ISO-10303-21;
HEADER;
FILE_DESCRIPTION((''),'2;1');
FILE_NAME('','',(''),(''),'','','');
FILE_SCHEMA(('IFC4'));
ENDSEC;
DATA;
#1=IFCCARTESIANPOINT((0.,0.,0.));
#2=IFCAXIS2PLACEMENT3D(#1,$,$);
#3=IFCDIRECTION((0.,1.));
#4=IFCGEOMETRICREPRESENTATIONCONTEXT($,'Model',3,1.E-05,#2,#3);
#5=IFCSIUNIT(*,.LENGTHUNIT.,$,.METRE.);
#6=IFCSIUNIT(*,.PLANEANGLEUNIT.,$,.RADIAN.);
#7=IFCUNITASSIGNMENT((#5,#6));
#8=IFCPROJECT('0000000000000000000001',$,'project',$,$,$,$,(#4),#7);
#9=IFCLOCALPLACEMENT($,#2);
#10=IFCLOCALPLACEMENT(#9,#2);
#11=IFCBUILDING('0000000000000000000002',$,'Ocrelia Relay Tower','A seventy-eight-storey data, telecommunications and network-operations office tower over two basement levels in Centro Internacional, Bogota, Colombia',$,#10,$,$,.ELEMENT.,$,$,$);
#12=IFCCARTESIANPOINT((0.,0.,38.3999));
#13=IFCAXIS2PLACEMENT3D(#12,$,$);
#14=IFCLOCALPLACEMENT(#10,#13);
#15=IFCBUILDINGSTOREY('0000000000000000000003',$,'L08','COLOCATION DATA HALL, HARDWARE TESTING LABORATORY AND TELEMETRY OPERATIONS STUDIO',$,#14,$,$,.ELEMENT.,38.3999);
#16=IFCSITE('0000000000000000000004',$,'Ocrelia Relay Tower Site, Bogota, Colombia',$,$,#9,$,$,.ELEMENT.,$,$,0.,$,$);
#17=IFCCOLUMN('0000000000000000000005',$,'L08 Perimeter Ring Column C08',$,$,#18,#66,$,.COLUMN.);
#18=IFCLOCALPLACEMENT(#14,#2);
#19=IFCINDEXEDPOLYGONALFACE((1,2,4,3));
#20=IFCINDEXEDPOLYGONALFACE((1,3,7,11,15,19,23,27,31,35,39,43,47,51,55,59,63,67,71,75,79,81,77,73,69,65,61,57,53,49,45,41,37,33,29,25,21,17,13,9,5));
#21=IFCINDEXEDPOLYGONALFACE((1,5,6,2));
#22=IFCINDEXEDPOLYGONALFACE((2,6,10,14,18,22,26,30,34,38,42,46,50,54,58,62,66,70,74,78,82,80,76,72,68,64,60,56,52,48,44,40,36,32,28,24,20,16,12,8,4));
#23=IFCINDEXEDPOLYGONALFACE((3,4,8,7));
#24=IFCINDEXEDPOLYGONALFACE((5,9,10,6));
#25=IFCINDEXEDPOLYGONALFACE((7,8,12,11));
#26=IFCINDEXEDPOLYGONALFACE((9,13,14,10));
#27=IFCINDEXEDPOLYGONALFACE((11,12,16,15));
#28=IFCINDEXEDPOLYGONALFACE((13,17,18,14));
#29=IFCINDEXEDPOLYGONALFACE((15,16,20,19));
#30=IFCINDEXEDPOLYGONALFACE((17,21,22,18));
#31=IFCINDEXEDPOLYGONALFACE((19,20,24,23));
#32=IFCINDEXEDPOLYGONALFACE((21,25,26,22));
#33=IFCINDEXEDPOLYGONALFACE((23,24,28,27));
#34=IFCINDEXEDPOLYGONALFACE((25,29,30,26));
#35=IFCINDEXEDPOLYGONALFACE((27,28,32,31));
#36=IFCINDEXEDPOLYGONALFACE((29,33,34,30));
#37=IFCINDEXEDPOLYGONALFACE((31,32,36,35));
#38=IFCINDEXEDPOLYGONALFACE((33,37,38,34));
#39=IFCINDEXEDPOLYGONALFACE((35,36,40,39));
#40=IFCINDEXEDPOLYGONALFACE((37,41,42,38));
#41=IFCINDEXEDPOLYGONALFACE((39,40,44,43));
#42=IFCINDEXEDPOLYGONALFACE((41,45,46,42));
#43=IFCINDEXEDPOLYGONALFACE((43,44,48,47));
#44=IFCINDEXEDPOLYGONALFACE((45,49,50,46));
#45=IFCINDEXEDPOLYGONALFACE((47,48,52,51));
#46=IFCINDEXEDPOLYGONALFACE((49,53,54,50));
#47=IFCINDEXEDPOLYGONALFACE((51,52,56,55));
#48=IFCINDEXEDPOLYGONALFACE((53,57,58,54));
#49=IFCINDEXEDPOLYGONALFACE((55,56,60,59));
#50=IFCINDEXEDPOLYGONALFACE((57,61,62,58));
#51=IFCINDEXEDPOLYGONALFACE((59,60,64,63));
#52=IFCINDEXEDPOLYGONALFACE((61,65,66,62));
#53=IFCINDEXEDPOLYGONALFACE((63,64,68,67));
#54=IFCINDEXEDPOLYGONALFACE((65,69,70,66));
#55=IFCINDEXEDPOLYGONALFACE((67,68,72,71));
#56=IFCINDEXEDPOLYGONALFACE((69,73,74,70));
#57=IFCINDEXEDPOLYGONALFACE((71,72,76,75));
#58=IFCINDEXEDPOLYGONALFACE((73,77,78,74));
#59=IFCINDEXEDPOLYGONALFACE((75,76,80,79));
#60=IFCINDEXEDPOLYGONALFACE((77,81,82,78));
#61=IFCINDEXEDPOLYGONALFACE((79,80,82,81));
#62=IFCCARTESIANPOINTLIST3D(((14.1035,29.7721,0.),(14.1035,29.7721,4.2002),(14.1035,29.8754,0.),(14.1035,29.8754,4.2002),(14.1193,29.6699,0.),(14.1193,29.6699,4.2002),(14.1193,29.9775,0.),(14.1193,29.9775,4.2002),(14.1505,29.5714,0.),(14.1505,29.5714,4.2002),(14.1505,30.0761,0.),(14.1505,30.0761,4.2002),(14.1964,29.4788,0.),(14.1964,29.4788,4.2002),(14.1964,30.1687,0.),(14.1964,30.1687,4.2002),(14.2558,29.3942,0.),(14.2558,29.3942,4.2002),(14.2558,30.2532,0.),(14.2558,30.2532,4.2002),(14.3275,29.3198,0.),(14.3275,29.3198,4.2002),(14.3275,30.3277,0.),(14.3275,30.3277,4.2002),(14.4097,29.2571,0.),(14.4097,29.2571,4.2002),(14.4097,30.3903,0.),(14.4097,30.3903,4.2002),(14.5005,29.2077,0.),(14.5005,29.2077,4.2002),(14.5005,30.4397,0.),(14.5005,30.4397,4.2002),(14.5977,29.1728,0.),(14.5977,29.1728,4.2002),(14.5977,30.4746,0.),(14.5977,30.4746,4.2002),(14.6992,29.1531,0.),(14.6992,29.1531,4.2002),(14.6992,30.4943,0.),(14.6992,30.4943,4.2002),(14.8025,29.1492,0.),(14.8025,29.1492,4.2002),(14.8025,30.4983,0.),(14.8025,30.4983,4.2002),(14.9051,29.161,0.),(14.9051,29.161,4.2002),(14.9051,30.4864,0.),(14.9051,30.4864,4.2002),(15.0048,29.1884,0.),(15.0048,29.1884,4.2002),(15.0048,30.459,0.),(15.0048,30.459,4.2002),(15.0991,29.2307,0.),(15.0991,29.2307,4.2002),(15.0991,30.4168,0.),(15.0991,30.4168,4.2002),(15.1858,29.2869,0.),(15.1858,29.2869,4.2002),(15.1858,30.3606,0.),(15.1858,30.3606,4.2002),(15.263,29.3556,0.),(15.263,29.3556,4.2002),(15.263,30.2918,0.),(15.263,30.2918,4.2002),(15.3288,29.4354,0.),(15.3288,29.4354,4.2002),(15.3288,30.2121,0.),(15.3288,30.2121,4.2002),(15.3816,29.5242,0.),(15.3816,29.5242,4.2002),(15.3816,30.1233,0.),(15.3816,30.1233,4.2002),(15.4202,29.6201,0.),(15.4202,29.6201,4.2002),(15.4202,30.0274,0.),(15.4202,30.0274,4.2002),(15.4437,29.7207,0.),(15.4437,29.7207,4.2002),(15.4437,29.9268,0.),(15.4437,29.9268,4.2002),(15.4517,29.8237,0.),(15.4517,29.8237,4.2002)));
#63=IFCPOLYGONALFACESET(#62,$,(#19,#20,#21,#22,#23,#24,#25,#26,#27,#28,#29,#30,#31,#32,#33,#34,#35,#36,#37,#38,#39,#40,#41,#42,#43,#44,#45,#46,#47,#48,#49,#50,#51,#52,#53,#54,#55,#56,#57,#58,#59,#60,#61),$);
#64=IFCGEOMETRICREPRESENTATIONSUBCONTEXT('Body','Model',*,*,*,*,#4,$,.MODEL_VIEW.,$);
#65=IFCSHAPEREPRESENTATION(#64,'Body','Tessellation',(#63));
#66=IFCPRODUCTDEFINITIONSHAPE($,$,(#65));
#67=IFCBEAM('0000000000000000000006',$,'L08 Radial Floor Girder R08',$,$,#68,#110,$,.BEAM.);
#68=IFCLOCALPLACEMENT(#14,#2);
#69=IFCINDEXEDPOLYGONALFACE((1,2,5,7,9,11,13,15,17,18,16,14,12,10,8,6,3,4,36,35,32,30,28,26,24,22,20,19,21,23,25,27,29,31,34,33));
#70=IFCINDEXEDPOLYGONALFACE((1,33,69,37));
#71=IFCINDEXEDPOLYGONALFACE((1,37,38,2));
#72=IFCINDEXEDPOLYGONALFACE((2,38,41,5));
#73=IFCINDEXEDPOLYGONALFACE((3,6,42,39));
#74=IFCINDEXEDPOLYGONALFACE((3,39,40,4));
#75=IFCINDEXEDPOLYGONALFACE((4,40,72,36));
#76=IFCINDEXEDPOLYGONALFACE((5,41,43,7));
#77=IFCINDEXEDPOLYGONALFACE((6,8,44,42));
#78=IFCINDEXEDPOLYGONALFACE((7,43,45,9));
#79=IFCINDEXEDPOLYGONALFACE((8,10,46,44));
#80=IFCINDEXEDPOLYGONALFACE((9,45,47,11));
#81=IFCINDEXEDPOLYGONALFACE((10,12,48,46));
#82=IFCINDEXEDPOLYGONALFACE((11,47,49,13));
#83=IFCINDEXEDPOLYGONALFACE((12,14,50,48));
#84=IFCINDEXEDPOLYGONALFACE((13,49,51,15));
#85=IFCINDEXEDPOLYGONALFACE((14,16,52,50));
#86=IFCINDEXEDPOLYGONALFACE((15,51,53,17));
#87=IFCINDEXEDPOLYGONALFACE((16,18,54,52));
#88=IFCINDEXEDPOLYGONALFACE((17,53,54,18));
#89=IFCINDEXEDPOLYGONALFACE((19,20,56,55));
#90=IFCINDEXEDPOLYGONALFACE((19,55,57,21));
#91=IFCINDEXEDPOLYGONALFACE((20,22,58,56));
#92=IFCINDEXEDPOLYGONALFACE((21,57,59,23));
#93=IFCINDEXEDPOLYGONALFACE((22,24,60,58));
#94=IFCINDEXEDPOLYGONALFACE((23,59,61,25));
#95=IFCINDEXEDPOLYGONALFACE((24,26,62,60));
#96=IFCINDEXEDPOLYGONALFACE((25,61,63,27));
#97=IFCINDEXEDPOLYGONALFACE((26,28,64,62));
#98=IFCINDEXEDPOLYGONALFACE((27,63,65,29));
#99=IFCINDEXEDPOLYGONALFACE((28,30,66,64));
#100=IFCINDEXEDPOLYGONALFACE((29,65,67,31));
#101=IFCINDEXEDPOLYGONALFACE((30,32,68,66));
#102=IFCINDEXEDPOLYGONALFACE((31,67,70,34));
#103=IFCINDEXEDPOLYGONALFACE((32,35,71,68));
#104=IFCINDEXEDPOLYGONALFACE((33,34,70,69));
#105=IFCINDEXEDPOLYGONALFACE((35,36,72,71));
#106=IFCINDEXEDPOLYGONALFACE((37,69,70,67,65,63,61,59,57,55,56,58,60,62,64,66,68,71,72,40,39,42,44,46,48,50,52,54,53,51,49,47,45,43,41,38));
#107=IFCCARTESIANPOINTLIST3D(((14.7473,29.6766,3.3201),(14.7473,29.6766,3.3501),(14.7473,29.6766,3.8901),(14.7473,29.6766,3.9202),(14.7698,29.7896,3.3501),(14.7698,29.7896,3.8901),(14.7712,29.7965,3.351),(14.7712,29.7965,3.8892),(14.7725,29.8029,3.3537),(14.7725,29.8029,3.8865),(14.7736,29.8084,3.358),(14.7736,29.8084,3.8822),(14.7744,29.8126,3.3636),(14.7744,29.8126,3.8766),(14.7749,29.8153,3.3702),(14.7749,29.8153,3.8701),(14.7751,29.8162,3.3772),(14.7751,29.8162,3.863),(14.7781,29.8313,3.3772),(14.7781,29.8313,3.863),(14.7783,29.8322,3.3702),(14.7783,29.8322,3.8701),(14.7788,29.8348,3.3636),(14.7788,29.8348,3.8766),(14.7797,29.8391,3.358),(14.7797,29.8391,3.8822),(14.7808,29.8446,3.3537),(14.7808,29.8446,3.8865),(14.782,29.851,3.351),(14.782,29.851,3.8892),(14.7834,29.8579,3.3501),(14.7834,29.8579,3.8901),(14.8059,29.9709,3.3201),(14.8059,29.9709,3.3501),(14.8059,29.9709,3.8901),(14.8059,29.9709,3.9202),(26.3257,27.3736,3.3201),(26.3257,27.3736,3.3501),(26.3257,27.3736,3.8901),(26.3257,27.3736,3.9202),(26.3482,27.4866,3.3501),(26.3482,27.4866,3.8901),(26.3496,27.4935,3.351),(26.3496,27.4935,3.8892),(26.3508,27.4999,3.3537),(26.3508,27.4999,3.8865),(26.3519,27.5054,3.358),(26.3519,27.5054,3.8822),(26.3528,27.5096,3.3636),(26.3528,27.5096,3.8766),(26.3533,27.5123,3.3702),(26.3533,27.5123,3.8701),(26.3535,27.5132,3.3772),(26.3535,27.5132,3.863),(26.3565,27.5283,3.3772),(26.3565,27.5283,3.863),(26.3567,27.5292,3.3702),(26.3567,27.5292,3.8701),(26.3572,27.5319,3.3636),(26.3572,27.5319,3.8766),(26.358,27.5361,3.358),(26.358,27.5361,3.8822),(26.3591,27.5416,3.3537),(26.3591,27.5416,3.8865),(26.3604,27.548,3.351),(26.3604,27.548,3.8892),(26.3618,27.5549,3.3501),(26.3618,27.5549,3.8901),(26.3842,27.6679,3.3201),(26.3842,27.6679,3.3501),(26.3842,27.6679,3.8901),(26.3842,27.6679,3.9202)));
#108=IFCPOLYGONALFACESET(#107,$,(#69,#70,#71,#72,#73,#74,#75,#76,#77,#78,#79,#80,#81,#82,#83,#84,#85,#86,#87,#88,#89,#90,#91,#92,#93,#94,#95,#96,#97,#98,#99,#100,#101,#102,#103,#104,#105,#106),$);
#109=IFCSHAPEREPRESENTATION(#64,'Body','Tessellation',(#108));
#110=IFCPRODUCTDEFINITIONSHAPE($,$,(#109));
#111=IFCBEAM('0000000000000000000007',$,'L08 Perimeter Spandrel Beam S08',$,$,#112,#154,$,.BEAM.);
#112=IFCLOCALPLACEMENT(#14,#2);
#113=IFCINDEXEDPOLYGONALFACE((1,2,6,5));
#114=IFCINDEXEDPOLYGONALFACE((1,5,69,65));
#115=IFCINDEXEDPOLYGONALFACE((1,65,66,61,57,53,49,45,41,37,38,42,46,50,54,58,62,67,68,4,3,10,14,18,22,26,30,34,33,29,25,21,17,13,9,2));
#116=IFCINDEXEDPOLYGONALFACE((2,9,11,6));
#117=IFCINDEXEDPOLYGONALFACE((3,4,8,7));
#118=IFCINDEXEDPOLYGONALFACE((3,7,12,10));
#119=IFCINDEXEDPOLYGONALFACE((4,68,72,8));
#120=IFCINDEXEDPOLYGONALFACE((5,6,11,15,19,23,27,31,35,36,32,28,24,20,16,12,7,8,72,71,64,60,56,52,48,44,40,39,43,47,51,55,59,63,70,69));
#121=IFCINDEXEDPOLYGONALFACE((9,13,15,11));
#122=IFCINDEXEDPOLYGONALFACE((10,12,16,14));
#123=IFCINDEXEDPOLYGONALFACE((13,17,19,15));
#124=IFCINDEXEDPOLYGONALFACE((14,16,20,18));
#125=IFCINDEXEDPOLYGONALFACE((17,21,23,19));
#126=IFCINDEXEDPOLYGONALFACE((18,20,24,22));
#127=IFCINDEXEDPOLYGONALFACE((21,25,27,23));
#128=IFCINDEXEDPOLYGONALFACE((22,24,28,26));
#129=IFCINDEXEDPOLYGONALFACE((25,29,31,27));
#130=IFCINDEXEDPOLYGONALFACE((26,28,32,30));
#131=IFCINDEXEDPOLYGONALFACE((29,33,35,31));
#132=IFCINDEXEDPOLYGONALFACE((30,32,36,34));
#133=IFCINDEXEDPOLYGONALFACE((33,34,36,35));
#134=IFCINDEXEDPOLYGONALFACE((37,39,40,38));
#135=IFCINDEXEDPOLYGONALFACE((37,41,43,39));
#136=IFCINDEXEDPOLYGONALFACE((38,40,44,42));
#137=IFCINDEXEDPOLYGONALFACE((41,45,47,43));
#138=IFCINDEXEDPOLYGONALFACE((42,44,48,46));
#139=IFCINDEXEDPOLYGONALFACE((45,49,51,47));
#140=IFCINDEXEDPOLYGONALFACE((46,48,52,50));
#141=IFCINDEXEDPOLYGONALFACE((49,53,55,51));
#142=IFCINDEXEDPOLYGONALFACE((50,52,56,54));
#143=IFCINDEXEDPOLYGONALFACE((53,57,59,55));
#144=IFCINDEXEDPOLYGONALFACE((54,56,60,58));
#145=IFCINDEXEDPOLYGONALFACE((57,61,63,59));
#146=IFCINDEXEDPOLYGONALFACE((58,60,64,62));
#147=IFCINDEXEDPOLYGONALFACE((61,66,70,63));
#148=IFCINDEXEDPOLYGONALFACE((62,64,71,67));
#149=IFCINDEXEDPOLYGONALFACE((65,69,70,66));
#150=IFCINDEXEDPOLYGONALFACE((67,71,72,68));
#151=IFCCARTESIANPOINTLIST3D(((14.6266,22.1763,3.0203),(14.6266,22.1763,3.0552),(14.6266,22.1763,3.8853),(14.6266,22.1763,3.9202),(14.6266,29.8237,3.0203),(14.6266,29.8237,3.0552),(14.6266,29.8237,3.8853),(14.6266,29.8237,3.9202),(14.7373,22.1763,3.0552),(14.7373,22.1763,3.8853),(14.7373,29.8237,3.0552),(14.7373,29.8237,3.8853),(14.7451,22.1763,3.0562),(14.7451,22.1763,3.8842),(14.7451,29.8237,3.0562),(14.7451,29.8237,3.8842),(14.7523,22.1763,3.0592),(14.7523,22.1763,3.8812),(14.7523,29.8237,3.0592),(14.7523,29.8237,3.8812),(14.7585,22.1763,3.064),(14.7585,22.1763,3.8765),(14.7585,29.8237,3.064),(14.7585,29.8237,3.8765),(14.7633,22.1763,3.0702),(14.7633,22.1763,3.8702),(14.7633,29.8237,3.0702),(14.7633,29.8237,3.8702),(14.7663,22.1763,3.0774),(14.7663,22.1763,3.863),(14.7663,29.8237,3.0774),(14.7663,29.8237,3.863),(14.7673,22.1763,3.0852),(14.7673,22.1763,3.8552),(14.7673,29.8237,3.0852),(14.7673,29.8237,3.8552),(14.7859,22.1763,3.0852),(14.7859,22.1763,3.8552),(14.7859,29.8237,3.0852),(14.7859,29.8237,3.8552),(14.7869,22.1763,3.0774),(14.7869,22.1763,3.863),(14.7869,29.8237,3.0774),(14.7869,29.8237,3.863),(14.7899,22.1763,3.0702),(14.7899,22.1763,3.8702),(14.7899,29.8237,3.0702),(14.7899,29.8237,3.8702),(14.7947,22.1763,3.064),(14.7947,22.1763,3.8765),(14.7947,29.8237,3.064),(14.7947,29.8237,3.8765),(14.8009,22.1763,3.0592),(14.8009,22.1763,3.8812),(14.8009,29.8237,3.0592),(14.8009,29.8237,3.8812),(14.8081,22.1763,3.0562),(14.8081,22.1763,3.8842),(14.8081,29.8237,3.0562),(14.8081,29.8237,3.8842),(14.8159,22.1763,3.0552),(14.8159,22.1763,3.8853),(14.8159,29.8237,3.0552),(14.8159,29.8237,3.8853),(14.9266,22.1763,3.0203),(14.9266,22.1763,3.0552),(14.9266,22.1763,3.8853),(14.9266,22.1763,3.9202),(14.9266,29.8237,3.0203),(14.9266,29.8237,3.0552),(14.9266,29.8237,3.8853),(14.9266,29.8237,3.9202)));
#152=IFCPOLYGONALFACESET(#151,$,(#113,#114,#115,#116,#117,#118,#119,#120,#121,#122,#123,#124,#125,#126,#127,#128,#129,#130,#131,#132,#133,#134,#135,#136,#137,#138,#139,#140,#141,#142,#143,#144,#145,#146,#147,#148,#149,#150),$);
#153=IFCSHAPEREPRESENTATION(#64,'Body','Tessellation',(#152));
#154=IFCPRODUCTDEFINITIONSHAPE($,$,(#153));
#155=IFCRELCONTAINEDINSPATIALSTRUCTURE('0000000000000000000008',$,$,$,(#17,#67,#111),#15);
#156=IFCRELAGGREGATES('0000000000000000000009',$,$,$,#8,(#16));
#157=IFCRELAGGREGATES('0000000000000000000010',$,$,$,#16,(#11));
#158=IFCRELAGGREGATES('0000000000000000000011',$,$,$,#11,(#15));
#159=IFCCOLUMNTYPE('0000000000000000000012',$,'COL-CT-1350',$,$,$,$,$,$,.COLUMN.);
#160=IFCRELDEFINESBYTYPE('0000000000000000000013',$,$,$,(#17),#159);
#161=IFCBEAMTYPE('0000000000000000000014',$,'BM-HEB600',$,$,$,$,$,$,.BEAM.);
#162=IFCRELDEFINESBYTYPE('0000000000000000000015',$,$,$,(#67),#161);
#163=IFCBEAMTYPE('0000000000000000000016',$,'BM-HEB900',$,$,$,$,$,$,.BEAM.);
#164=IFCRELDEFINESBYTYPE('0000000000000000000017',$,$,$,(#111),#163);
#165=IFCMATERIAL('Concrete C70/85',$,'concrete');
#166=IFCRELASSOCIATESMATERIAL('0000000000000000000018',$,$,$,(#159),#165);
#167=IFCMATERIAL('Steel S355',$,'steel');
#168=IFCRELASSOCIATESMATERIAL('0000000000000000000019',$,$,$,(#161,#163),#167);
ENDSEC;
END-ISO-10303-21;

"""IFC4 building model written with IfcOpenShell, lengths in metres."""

from ifc_helpers import new_model, si_unit, direction, frame, origin, origin_2d, place, context, subcontext, project, spatial, circle, i_section, extrude, material, material_profile, profile_set, type_object, element, save


model = new_model("IFC4")

# Units and contexts
model_context = context("Model", 3, precision=1e-05, world=origin(), true_north=direction((0.0, 1.0)))
body_context = subcontext(model_context, "Body", "Model", "MODEL_VIEW")
ifc_project = project(units=[si_unit("LENGTHUNIT", "METRE"), si_unit("PLANEANGLEUNIT", "RADIAN")], contexts=[model_context])

# Site, building, storey
site_placement = place(None, origin())
site = spatial("IfcSite", under=ifc_project, at=site_placement, Name="Ocrelia Relay Tower Site, Bogota, Colombia", CompositionType="ELEMENT", RefElevation=0.0)
building_placement = place(site_placement, origin())
building = spatial("IfcBuilding", under=site, at=building_placement, Name="Ocrelia Relay Tower", Description="A seventy-eight-storey data, telecommunications and network-operations office tower over two basement levels in Centro Internacional, Bogota, Colombia", CompositionType="ELEMENT")
storey_placement = place(building_placement, frame((0.0, 0.0, 38.3999)))
storey = spatial("IfcBuildingStorey", under=building, at=storey_placement, Name="L08", Description="COLOCATION DATA HALL, HARDWARE TESTING LABORATORY AND TELEMETRY OPERATIONS STUDIO", CompositionType="ELEMENT", Elevation=38.3999)

# Column
ifc_material_1 = material(Name="Concrete C70/85", Category="concrete")
ifc_material_profile_1 = material_profile(ifc_material_1, circle(Radius=0.675, at=origin_2d()), Name="RC-CIR-1350")
ifc_profile_set_1 = profile_set([ifc_material_profile_1], Name="Concrete C70/85")
column_type = type_object("IfcColumnType", Name="COL-CT-1350", PredefinedType="COLUMN", material=ifc_profile_set_1)
column_placement = place(storey_placement, frame((14.7766, 29.8237, 0.0), z_axis=(0.0, 0.0, 1.0), x_axis=(1.0, 0.0, 0.0)))
element("IfcColumn", 1, at=column_placement, inside=storey, type_object=column_type, Name="L08 Perimeter Ring Column C08", PredefinedType="COLUMN", context=body_context, shape_type="SweptSolid", body=[
    extrude(circle(Radius=0.675, at=origin_2d()), origin(), (0.0, 0.0, 1.0), 4.2002),
])

# Beams
ifc_material_2 = material(Name="Steel S355", Category="steel")
ifc_material_profile_2 = material_profile(ifc_material_2, i_section(OverallWidth=0.3, OverallDepth=0.6001, WebThickness=0.0154, FlangeThickness=0.03, FilletRadius=0.0271, at=origin_2d()), Name="HEB 600")
ifc_profile_set_2 = profile_set([ifc_material_profile_2], Name="Steel S355")
beam_type_1 = type_object("IfcBeamType", Name="BM-HEB600", PredefinedType="BEAM", material=ifc_profile_set_2)
beam_1_placement = place(storey_placement, frame((14.7766, 29.8237, 3.6201), z_axis=(0.980787, -0.195082, 0.0), x_axis=(0.195082, 0.980787, 0.0)))
element("IfcBeam", 2, at=beam_1_placement, inside=storey, type_object=beam_type_1, Name="L08 Radial Floor Girder R08", PredefinedType="BEAM", context=body_context, shape_type="SweptSolid", body=[
    extrude(i_section(OverallWidth=0.3, OverallDepth=0.6001, WebThickness=0.0154, FlangeThickness=0.03, FilletRadius=0.0271, at=origin_2d()), origin(), (0.0, 0.0, 1.0), 11.8052),
])
ifc_material_profile_3 = material_profile(ifc_material_2, i_section(OverallWidth=0.3, OverallDepth=0.8999, WebThickness=0.0186, FlangeThickness=0.0349, FilletRadius=0.03, at=origin_2d()), Name="HEB 900")
ifc_profile_set_3 = profile_set([ifc_material_profile_3], Name="Steel S355")
beam_type_2 = type_object("IfcBeamType", Name="BM-HEB900", PredefinedType="BEAM", material=ifc_profile_set_3)
beam_2_placement = place(storey_placement, frame((14.7766, 29.8237, 3.4702), z_axis=(0.0, -1.0, 0.0), x_axis=(1.0, 0.0, 0.0)))
element("IfcBeam", 3, at=beam_2_placement, inside=storey, type_object=beam_type_2, Name="L08 Perimeter Spandrel Beam S08", PredefinedType="BEAM", context=body_context, shape_type="SweptSolid", body=[
    extrude(i_section(OverallWidth=0.3, OverallDepth=0.8999, WebThickness=0.0186, FlangeThickness=0.0349, FilletRadius=0.03, at=origin_2d()), origin(), (0.0, 0.0, 1.0), 7.6475),
])

save(model, "model.ifc")
